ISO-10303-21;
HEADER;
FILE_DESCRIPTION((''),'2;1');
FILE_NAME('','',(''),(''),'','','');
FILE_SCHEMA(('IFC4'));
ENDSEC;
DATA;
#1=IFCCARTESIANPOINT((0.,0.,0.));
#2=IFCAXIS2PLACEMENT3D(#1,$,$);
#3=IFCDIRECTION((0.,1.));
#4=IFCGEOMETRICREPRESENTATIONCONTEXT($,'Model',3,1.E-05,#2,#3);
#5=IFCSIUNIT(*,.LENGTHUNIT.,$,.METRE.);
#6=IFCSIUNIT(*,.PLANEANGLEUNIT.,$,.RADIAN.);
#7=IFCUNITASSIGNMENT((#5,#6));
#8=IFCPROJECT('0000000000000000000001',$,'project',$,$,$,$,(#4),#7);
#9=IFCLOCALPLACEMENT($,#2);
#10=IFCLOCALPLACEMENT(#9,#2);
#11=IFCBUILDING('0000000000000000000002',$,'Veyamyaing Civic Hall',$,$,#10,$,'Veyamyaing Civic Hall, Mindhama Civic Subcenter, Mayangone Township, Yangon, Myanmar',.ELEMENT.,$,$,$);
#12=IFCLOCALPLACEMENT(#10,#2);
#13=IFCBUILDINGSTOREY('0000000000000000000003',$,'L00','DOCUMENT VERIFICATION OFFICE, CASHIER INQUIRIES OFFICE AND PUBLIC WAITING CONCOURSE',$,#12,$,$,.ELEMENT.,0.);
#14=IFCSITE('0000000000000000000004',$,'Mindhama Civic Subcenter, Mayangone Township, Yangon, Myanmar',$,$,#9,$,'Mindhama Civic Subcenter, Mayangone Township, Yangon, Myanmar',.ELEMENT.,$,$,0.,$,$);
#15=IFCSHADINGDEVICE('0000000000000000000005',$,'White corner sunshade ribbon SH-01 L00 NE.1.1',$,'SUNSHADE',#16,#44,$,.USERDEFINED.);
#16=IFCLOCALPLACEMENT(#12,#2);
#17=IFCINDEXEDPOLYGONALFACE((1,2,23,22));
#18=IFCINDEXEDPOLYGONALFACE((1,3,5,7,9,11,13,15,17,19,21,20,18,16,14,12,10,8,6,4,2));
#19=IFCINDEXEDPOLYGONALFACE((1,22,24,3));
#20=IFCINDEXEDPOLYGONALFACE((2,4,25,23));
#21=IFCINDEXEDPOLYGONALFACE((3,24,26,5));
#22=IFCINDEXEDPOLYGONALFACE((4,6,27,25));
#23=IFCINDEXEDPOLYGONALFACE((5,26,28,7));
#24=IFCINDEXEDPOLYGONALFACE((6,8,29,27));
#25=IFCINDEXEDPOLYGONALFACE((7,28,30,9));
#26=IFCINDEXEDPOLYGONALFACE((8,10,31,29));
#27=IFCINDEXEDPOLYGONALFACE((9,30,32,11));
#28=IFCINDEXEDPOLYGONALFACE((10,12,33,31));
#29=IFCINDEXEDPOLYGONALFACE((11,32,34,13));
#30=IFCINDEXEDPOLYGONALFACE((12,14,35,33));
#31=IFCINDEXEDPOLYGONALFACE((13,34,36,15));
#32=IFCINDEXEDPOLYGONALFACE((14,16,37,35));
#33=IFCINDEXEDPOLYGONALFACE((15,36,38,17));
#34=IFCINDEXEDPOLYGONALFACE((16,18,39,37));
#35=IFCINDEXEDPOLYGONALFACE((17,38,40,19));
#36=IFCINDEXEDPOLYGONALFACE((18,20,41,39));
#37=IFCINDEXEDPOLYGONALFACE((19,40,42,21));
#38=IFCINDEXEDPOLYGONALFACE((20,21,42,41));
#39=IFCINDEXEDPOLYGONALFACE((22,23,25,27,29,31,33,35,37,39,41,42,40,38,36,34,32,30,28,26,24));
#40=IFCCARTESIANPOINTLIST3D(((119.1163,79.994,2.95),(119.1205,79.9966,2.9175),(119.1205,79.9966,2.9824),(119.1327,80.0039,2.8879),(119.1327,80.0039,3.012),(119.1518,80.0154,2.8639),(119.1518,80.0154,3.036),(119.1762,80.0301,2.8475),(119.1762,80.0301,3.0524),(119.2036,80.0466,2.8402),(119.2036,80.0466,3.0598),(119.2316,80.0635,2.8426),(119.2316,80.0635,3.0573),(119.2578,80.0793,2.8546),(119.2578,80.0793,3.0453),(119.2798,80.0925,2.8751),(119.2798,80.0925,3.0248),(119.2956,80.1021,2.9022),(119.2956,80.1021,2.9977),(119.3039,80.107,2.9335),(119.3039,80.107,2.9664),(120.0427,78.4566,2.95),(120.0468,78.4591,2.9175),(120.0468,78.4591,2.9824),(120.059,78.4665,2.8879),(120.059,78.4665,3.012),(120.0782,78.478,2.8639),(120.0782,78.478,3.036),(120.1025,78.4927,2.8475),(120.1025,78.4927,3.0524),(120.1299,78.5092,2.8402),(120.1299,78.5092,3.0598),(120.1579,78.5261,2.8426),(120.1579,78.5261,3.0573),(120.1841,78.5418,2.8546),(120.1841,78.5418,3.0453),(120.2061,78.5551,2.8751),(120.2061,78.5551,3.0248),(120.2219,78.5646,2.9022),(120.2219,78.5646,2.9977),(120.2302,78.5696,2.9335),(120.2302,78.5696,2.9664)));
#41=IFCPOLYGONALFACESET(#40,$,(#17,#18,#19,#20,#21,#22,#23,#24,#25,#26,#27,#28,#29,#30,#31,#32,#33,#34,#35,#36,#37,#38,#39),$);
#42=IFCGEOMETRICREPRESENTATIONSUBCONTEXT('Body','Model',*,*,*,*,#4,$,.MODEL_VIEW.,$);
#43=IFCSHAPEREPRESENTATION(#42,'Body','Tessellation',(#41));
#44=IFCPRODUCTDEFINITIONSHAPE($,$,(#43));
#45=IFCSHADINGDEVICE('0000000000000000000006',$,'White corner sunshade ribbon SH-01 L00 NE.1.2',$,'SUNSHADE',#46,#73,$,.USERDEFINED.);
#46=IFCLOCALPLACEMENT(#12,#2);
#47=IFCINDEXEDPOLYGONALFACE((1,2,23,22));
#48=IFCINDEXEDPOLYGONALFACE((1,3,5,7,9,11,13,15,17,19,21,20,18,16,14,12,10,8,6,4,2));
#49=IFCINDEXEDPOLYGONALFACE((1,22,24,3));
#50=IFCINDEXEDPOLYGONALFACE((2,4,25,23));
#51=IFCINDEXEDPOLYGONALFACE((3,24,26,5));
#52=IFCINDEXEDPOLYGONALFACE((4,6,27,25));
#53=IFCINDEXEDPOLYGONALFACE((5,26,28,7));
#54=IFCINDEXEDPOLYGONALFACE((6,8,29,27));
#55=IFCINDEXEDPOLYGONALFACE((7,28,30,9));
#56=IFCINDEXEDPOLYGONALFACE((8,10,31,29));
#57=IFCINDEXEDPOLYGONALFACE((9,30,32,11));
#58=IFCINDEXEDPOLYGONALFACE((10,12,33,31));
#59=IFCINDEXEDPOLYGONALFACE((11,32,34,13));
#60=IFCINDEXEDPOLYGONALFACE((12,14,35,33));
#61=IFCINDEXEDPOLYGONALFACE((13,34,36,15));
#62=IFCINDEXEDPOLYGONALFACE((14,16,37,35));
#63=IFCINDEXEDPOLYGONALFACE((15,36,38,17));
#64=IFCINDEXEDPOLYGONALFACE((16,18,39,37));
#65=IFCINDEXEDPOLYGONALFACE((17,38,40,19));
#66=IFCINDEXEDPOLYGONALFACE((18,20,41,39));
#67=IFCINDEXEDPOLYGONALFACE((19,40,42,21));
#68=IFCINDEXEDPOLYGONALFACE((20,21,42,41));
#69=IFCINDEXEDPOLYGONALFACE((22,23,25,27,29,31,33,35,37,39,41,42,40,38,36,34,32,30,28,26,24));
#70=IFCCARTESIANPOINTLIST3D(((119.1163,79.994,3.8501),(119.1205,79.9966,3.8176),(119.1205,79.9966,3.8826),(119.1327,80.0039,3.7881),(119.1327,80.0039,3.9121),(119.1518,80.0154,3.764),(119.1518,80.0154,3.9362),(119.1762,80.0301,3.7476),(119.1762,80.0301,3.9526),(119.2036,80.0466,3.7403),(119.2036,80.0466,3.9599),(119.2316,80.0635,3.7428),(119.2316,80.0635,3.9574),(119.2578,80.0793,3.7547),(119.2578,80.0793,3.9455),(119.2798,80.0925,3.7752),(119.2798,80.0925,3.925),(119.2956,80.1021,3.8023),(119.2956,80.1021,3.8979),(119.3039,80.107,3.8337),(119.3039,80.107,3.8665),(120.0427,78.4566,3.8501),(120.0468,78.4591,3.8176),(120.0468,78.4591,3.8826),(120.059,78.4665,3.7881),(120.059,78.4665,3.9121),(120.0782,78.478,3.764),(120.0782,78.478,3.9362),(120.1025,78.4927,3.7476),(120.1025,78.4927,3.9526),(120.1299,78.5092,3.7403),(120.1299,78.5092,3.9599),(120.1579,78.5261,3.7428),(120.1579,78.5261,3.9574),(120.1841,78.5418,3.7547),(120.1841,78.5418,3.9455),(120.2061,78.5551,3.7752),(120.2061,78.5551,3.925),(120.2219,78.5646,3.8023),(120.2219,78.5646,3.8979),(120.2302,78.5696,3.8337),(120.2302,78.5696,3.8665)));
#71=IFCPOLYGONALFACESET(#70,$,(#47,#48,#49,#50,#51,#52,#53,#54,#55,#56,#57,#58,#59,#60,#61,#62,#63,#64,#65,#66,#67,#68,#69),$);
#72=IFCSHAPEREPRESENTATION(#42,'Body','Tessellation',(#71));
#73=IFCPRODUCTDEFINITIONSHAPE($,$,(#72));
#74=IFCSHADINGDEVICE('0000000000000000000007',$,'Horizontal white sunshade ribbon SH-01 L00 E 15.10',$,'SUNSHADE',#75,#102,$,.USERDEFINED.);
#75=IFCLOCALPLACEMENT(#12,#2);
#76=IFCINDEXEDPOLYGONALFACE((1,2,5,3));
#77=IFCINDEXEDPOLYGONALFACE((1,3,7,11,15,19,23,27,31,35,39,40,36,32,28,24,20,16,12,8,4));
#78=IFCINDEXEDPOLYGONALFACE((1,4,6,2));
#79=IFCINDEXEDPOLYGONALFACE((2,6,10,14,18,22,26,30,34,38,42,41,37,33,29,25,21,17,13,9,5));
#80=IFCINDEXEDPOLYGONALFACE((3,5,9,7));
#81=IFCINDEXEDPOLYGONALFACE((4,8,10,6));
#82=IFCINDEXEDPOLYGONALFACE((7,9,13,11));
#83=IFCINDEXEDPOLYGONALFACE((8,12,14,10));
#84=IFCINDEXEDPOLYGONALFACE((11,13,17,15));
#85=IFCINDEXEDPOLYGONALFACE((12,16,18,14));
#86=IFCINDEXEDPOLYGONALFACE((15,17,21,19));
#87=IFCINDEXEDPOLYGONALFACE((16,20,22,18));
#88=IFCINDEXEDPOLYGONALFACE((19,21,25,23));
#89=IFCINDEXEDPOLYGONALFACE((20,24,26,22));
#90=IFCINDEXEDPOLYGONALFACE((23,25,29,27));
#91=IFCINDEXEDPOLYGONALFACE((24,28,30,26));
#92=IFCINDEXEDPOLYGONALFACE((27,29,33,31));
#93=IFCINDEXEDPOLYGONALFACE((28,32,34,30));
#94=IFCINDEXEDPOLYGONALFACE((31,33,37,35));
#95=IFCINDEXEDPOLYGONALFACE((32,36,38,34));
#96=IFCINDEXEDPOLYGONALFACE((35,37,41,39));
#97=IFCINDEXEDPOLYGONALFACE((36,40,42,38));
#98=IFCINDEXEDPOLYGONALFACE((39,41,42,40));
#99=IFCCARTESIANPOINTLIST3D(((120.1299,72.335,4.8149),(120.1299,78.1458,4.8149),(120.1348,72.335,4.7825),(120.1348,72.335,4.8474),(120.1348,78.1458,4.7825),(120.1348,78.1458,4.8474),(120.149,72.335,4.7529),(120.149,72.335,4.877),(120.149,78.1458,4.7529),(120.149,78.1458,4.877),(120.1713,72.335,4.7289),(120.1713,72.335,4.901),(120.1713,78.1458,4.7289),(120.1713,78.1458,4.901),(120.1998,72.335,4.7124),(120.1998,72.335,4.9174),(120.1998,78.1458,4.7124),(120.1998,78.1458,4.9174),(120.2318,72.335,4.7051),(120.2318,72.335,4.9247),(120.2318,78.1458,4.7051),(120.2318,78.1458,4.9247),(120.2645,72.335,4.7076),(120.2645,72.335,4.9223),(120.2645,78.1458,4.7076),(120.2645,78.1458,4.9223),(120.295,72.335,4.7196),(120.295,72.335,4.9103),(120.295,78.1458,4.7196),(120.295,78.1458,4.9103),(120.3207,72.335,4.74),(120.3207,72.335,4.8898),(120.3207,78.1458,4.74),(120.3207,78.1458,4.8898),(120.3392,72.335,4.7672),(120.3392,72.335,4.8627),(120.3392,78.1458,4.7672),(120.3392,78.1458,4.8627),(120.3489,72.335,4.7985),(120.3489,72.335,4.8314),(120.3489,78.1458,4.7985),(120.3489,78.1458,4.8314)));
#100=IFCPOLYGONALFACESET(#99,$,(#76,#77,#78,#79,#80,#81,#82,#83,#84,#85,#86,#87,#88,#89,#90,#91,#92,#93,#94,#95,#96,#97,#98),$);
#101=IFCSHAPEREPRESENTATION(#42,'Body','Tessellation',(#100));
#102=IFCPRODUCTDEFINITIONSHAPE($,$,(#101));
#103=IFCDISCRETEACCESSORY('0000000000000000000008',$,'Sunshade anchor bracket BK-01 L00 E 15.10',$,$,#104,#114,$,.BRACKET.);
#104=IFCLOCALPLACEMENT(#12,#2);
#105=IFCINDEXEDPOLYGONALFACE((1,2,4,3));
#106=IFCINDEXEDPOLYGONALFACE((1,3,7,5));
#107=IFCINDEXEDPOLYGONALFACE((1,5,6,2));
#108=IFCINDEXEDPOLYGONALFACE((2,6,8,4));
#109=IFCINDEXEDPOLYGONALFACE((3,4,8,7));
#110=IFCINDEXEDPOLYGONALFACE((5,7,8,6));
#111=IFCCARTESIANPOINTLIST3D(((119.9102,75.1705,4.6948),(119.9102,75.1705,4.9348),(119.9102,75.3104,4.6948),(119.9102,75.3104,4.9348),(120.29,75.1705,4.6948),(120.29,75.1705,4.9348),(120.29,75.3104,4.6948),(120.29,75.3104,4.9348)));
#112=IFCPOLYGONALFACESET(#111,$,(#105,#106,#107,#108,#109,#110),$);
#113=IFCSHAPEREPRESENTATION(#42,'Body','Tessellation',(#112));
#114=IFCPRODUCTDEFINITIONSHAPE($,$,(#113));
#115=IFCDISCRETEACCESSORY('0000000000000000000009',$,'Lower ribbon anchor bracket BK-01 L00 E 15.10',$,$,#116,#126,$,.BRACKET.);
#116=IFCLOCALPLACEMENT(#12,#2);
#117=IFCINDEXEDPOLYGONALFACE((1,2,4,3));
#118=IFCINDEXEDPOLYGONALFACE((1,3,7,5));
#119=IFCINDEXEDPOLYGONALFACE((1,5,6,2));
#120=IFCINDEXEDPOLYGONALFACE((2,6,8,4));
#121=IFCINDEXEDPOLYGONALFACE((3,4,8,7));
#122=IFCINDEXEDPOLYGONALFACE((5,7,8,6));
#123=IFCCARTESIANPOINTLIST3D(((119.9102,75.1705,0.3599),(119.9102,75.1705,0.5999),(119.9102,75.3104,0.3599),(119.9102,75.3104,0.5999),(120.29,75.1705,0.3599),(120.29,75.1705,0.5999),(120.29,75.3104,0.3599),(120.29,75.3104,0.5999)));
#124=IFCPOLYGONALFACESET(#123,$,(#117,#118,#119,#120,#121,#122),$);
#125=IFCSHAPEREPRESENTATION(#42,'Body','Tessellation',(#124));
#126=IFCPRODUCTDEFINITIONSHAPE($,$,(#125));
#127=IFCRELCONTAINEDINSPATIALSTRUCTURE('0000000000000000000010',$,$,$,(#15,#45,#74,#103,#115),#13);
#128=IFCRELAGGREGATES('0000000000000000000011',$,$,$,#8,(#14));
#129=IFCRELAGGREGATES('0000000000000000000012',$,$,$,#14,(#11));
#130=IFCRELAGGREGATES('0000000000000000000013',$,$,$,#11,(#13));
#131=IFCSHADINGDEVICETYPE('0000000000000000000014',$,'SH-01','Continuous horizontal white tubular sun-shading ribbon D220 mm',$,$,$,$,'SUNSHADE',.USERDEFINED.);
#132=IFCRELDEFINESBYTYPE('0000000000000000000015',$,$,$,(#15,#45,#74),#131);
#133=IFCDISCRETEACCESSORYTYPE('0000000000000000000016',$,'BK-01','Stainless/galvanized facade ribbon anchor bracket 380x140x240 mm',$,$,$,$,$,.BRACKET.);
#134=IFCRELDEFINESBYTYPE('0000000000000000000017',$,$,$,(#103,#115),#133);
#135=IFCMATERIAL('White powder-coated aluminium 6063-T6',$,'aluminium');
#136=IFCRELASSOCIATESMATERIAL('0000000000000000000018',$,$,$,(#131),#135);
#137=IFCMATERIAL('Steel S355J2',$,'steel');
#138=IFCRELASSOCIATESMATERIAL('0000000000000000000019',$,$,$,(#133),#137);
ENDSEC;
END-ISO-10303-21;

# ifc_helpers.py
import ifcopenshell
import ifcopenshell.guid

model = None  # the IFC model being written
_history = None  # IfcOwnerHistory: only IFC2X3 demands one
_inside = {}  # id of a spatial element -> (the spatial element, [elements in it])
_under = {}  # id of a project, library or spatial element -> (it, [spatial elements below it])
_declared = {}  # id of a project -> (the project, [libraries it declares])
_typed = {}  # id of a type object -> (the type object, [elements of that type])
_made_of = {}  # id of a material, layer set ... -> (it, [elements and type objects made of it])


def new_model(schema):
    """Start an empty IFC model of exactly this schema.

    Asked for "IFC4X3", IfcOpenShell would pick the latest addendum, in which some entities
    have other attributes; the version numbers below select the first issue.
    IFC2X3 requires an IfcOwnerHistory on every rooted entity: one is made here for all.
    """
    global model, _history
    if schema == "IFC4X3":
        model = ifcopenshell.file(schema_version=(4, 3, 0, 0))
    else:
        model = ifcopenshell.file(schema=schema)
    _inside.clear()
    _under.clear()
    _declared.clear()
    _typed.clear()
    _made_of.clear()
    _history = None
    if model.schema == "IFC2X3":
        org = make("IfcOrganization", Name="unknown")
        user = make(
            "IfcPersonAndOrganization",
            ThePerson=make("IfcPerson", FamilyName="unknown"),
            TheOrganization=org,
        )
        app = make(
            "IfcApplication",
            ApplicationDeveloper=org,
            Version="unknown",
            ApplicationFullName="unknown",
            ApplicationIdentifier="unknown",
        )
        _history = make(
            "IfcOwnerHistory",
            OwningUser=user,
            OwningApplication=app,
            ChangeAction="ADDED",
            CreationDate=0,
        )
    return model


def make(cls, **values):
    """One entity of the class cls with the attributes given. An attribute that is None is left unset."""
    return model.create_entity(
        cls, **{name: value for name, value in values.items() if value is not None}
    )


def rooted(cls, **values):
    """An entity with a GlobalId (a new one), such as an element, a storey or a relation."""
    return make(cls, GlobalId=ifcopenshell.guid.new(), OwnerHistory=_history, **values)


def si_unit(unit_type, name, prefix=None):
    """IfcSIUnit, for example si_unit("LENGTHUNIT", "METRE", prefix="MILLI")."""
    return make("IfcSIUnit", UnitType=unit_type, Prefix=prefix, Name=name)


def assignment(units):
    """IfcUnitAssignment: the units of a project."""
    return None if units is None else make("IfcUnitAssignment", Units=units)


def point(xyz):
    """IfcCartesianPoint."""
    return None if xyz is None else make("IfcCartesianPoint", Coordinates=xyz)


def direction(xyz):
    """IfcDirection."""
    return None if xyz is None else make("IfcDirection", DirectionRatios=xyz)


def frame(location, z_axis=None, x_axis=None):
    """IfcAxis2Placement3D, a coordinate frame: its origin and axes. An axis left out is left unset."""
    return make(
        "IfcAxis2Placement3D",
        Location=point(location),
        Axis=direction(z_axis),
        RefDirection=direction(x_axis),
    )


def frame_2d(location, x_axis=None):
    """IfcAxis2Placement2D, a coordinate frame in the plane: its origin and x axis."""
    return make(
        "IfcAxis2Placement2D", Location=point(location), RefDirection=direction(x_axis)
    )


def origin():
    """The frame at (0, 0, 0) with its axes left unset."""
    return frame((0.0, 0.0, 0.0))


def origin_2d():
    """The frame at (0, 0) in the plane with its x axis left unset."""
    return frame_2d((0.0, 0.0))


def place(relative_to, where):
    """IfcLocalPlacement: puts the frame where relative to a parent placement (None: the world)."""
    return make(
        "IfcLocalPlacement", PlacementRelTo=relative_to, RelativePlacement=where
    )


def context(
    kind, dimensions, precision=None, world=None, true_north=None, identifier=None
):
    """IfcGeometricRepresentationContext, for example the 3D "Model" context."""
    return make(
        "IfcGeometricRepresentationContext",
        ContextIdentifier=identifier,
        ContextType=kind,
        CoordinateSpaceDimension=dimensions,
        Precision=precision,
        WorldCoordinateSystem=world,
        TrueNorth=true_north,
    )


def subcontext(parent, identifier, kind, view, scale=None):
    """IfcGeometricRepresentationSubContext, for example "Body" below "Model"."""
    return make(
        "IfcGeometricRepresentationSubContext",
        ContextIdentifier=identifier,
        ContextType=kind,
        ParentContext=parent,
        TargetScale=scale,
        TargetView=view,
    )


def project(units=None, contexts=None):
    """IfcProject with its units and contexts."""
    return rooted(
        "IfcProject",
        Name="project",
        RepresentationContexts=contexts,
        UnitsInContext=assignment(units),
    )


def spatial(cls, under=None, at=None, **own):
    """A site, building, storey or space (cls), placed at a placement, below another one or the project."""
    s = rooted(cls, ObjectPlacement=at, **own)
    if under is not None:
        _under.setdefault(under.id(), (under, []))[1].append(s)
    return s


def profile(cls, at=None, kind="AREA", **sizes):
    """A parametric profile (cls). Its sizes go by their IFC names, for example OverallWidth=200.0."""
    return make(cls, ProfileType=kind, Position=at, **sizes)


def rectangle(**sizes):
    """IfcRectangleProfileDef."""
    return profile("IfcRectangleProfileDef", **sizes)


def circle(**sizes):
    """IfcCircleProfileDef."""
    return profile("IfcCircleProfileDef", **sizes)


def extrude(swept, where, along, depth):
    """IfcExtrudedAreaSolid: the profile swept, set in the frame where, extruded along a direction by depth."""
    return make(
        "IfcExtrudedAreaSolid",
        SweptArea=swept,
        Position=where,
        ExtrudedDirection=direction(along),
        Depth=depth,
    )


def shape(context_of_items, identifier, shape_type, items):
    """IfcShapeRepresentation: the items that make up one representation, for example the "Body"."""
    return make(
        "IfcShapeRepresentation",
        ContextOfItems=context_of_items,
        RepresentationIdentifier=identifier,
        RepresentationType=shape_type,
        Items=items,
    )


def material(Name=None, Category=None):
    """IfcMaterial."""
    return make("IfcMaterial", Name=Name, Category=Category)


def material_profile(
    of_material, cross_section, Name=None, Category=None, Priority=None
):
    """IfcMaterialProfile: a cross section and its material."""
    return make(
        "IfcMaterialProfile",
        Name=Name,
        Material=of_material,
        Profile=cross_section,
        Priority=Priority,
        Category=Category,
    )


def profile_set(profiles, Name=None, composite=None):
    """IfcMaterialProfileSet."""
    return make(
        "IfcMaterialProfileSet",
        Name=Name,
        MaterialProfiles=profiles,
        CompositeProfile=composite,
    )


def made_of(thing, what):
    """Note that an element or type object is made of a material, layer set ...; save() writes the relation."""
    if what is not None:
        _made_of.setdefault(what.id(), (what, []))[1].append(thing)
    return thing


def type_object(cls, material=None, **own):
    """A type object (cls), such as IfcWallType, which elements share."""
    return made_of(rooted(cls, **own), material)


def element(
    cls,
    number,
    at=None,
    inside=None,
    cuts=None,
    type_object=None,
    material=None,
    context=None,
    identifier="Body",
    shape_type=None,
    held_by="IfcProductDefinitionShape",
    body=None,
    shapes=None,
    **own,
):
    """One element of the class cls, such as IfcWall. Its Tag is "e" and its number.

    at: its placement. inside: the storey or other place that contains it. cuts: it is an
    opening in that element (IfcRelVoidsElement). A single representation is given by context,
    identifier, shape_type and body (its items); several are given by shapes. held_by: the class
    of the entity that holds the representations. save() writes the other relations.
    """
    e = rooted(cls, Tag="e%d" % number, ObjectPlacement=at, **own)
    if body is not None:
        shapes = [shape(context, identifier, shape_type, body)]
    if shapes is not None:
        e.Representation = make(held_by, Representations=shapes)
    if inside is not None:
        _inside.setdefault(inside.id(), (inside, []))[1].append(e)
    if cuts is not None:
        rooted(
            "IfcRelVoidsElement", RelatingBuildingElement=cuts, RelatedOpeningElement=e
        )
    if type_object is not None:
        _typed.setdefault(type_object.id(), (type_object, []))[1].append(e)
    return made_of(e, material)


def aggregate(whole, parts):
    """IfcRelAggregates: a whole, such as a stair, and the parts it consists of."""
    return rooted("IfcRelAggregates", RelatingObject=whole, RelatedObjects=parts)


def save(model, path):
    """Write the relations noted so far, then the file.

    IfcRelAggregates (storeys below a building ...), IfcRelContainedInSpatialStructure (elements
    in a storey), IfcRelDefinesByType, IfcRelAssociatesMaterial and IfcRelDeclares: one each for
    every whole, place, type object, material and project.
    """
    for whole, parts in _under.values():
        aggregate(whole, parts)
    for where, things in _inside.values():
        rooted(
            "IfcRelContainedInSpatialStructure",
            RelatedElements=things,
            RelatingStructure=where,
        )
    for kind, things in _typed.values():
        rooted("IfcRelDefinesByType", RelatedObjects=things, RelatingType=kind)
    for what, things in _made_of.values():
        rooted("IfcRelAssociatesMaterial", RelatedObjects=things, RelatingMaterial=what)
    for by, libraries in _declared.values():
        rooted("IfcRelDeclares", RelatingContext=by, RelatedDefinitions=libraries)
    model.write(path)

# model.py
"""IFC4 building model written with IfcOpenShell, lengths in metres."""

from ifc_helpers import new_model, si_unit, direction, frame, origin, origin_2d, place, context, subcontext, project, spatial, rectangle, circle, extrude, material, material_profile, profile_set, type_object, element, save


model = new_model("IFC4")

# Units and contexts
model_context = context("Model", 3, precision=1e-05, world=origin(), true_north=direction((0.0, 1.0)))
body_context = subcontext(model_context, "Body", "Model", "MODEL_VIEW")
ifc_project = project(units=[si_unit("LENGTHUNIT", "METRE"), si_unit("PLANEANGLEUNIT", "RADIAN")], contexts=[model_context])

# Site, building, storey
site_placement = place(None, origin())
site = spatial("IfcSite", under=ifc_project, at=site_placement, Name="Mindhama Civic Subcenter, Mayangone Township, Yangon, Myanmar", LongName="Mindhama Civic Subcenter, Mayangone Township, Yangon, Myanmar", CompositionType="ELEMENT", RefElevation=0.0)
building_placement = place(site_placement, origin())
building = spatial("IfcBuilding", under=site, at=building_placement, Name="Veyamyaing Civic Hall", LongName="Veyamyaing Civic Hall, Mindhama Civic Subcenter, Mayangone Township, Yangon, Myanmar", CompositionType="ELEMENT")
storey_placement = place(building_placement, origin())
storey = spatial("IfcBuildingStorey", under=building, at=storey_placement, Name="L00", Description="DOCUMENT VERIFICATION OFFICE, CASHIER INQUIRIES OFFICE AND PUBLIC WAITING CONCOURSE", CompositionType="ELEMENT", Elevation=0.0)

# Shared definitions
ifc_material_1 = material(Name="White powder-coated aluminium 6063-T6", Category="aluminium")

# Shading devices
ifc_material_profile_1 = material_profile(ifc_material_1, circle(Radius=0.1101, at=origin_2d()), Name="SHADE-TUBE-220")
ifc_profile_set_1 = profile_set([ifc_material_profile_1], Name="White powder-coated aluminium 6063-T6")
shading_device_type = type_object("IfcShadingDeviceType", Name="SH-01", Description="Continuous horizontal white tubular sun-shading ribbon D220 mm", ElementType="SUNSHADE", PredefinedType="USERDEFINED", material=ifc_profile_set_1)
for number, where, z_axis, x_axis, name in (
    (1, (120.137, 78.5134, 2.95), (-0.516075, 0.856543, 0.0), (-0.856543, -0.516075, 0.0), "White corner sunshade ribbon SH-01 L00 NE.1.1"),
    (2, (120.137, 78.5134, 3.8501), (-0.516075, 0.856543, 0.0), (-0.856543, -0.516075, 0.0), "White corner sunshade ribbon SH-01 L00 NE.1.2"),
):
    element("IfcShadingDevice", number, at=place(storey_placement, frame(where, z_axis=z_axis, x_axis=x_axis)), inside=storey, type_object=shading_device_type, Name=name, ObjectType="SUNSHADE", PredefinedType="USERDEFINED", context=body_context, shape_type="SweptSolid", body=[
        extrude(circle(Radius=0.1101, at=origin_2d()), origin(), (0.0, 0.0, 1.0), 1.7949),
    ])
shading_device_placement = place(storey_placement, frame((120.24, 72.335, 4.8149), z_axis=(0.0, 1.0, 0.0), x_axis=(-1.0, 0.0, 0.0)))
element("IfcShadingDevice", 3, at=shading_device_placement, inside=storey, type_object=shading_device_type, Name="Horizontal white sunshade ribbon SH-01 L00 E 15.10", ObjectType="SUNSHADE", PredefinedType="USERDEFINED", context=body_context, shape_type="SweptSolid", body=[
    extrude(circle(Radius=0.1101, at=origin_2d()), origin(), (0.0, 0.0, 1.0), 5.8108),
])

# Discrete accessories
ifc_material_2 = material(Name="Steel S355J2", Category="steel")
discrete_accessory_type = type_object("IfcDiscreteAccessoryType", Name="BK-01", Description="Stainless/galvanized facade ribbon anchor bracket 380x140x240 mm", PredefinedType="BRACKET", material=ifc_material_2)
for number, where, z_axis, x_axis, name in (
    (4, (120.1001, 75.2405, 4.6948), (0.0, 0.0, 1.0), (1.0, 0.0, 0.0), "Sunshade anchor bracket BK-01 L00 E 15.10"),
    (5, (120.1001, 75.2405, 0.3599), (0.0, 0.0, 1.0), (1.0, 0.0, 0.0), "Lower ribbon anchor bracket BK-01 L00 E 15.10"),
):
    element("IfcDiscreteAccessory", number, at=place(storey_placement, frame(where, z_axis=z_axis, x_axis=x_axis)), inside=storey, type_object=discrete_accessory_type, Name=name, PredefinedType="BRACKET", context=body_context, shape_type="SweptSolid", body=[
        extrude(rectangle(XDim=0.3799, YDim=0.1399, at=origin_2d()), origin(), (0.0, 0.0, 1.0), 0.24),
    ])

save(model, "model.ifc")
